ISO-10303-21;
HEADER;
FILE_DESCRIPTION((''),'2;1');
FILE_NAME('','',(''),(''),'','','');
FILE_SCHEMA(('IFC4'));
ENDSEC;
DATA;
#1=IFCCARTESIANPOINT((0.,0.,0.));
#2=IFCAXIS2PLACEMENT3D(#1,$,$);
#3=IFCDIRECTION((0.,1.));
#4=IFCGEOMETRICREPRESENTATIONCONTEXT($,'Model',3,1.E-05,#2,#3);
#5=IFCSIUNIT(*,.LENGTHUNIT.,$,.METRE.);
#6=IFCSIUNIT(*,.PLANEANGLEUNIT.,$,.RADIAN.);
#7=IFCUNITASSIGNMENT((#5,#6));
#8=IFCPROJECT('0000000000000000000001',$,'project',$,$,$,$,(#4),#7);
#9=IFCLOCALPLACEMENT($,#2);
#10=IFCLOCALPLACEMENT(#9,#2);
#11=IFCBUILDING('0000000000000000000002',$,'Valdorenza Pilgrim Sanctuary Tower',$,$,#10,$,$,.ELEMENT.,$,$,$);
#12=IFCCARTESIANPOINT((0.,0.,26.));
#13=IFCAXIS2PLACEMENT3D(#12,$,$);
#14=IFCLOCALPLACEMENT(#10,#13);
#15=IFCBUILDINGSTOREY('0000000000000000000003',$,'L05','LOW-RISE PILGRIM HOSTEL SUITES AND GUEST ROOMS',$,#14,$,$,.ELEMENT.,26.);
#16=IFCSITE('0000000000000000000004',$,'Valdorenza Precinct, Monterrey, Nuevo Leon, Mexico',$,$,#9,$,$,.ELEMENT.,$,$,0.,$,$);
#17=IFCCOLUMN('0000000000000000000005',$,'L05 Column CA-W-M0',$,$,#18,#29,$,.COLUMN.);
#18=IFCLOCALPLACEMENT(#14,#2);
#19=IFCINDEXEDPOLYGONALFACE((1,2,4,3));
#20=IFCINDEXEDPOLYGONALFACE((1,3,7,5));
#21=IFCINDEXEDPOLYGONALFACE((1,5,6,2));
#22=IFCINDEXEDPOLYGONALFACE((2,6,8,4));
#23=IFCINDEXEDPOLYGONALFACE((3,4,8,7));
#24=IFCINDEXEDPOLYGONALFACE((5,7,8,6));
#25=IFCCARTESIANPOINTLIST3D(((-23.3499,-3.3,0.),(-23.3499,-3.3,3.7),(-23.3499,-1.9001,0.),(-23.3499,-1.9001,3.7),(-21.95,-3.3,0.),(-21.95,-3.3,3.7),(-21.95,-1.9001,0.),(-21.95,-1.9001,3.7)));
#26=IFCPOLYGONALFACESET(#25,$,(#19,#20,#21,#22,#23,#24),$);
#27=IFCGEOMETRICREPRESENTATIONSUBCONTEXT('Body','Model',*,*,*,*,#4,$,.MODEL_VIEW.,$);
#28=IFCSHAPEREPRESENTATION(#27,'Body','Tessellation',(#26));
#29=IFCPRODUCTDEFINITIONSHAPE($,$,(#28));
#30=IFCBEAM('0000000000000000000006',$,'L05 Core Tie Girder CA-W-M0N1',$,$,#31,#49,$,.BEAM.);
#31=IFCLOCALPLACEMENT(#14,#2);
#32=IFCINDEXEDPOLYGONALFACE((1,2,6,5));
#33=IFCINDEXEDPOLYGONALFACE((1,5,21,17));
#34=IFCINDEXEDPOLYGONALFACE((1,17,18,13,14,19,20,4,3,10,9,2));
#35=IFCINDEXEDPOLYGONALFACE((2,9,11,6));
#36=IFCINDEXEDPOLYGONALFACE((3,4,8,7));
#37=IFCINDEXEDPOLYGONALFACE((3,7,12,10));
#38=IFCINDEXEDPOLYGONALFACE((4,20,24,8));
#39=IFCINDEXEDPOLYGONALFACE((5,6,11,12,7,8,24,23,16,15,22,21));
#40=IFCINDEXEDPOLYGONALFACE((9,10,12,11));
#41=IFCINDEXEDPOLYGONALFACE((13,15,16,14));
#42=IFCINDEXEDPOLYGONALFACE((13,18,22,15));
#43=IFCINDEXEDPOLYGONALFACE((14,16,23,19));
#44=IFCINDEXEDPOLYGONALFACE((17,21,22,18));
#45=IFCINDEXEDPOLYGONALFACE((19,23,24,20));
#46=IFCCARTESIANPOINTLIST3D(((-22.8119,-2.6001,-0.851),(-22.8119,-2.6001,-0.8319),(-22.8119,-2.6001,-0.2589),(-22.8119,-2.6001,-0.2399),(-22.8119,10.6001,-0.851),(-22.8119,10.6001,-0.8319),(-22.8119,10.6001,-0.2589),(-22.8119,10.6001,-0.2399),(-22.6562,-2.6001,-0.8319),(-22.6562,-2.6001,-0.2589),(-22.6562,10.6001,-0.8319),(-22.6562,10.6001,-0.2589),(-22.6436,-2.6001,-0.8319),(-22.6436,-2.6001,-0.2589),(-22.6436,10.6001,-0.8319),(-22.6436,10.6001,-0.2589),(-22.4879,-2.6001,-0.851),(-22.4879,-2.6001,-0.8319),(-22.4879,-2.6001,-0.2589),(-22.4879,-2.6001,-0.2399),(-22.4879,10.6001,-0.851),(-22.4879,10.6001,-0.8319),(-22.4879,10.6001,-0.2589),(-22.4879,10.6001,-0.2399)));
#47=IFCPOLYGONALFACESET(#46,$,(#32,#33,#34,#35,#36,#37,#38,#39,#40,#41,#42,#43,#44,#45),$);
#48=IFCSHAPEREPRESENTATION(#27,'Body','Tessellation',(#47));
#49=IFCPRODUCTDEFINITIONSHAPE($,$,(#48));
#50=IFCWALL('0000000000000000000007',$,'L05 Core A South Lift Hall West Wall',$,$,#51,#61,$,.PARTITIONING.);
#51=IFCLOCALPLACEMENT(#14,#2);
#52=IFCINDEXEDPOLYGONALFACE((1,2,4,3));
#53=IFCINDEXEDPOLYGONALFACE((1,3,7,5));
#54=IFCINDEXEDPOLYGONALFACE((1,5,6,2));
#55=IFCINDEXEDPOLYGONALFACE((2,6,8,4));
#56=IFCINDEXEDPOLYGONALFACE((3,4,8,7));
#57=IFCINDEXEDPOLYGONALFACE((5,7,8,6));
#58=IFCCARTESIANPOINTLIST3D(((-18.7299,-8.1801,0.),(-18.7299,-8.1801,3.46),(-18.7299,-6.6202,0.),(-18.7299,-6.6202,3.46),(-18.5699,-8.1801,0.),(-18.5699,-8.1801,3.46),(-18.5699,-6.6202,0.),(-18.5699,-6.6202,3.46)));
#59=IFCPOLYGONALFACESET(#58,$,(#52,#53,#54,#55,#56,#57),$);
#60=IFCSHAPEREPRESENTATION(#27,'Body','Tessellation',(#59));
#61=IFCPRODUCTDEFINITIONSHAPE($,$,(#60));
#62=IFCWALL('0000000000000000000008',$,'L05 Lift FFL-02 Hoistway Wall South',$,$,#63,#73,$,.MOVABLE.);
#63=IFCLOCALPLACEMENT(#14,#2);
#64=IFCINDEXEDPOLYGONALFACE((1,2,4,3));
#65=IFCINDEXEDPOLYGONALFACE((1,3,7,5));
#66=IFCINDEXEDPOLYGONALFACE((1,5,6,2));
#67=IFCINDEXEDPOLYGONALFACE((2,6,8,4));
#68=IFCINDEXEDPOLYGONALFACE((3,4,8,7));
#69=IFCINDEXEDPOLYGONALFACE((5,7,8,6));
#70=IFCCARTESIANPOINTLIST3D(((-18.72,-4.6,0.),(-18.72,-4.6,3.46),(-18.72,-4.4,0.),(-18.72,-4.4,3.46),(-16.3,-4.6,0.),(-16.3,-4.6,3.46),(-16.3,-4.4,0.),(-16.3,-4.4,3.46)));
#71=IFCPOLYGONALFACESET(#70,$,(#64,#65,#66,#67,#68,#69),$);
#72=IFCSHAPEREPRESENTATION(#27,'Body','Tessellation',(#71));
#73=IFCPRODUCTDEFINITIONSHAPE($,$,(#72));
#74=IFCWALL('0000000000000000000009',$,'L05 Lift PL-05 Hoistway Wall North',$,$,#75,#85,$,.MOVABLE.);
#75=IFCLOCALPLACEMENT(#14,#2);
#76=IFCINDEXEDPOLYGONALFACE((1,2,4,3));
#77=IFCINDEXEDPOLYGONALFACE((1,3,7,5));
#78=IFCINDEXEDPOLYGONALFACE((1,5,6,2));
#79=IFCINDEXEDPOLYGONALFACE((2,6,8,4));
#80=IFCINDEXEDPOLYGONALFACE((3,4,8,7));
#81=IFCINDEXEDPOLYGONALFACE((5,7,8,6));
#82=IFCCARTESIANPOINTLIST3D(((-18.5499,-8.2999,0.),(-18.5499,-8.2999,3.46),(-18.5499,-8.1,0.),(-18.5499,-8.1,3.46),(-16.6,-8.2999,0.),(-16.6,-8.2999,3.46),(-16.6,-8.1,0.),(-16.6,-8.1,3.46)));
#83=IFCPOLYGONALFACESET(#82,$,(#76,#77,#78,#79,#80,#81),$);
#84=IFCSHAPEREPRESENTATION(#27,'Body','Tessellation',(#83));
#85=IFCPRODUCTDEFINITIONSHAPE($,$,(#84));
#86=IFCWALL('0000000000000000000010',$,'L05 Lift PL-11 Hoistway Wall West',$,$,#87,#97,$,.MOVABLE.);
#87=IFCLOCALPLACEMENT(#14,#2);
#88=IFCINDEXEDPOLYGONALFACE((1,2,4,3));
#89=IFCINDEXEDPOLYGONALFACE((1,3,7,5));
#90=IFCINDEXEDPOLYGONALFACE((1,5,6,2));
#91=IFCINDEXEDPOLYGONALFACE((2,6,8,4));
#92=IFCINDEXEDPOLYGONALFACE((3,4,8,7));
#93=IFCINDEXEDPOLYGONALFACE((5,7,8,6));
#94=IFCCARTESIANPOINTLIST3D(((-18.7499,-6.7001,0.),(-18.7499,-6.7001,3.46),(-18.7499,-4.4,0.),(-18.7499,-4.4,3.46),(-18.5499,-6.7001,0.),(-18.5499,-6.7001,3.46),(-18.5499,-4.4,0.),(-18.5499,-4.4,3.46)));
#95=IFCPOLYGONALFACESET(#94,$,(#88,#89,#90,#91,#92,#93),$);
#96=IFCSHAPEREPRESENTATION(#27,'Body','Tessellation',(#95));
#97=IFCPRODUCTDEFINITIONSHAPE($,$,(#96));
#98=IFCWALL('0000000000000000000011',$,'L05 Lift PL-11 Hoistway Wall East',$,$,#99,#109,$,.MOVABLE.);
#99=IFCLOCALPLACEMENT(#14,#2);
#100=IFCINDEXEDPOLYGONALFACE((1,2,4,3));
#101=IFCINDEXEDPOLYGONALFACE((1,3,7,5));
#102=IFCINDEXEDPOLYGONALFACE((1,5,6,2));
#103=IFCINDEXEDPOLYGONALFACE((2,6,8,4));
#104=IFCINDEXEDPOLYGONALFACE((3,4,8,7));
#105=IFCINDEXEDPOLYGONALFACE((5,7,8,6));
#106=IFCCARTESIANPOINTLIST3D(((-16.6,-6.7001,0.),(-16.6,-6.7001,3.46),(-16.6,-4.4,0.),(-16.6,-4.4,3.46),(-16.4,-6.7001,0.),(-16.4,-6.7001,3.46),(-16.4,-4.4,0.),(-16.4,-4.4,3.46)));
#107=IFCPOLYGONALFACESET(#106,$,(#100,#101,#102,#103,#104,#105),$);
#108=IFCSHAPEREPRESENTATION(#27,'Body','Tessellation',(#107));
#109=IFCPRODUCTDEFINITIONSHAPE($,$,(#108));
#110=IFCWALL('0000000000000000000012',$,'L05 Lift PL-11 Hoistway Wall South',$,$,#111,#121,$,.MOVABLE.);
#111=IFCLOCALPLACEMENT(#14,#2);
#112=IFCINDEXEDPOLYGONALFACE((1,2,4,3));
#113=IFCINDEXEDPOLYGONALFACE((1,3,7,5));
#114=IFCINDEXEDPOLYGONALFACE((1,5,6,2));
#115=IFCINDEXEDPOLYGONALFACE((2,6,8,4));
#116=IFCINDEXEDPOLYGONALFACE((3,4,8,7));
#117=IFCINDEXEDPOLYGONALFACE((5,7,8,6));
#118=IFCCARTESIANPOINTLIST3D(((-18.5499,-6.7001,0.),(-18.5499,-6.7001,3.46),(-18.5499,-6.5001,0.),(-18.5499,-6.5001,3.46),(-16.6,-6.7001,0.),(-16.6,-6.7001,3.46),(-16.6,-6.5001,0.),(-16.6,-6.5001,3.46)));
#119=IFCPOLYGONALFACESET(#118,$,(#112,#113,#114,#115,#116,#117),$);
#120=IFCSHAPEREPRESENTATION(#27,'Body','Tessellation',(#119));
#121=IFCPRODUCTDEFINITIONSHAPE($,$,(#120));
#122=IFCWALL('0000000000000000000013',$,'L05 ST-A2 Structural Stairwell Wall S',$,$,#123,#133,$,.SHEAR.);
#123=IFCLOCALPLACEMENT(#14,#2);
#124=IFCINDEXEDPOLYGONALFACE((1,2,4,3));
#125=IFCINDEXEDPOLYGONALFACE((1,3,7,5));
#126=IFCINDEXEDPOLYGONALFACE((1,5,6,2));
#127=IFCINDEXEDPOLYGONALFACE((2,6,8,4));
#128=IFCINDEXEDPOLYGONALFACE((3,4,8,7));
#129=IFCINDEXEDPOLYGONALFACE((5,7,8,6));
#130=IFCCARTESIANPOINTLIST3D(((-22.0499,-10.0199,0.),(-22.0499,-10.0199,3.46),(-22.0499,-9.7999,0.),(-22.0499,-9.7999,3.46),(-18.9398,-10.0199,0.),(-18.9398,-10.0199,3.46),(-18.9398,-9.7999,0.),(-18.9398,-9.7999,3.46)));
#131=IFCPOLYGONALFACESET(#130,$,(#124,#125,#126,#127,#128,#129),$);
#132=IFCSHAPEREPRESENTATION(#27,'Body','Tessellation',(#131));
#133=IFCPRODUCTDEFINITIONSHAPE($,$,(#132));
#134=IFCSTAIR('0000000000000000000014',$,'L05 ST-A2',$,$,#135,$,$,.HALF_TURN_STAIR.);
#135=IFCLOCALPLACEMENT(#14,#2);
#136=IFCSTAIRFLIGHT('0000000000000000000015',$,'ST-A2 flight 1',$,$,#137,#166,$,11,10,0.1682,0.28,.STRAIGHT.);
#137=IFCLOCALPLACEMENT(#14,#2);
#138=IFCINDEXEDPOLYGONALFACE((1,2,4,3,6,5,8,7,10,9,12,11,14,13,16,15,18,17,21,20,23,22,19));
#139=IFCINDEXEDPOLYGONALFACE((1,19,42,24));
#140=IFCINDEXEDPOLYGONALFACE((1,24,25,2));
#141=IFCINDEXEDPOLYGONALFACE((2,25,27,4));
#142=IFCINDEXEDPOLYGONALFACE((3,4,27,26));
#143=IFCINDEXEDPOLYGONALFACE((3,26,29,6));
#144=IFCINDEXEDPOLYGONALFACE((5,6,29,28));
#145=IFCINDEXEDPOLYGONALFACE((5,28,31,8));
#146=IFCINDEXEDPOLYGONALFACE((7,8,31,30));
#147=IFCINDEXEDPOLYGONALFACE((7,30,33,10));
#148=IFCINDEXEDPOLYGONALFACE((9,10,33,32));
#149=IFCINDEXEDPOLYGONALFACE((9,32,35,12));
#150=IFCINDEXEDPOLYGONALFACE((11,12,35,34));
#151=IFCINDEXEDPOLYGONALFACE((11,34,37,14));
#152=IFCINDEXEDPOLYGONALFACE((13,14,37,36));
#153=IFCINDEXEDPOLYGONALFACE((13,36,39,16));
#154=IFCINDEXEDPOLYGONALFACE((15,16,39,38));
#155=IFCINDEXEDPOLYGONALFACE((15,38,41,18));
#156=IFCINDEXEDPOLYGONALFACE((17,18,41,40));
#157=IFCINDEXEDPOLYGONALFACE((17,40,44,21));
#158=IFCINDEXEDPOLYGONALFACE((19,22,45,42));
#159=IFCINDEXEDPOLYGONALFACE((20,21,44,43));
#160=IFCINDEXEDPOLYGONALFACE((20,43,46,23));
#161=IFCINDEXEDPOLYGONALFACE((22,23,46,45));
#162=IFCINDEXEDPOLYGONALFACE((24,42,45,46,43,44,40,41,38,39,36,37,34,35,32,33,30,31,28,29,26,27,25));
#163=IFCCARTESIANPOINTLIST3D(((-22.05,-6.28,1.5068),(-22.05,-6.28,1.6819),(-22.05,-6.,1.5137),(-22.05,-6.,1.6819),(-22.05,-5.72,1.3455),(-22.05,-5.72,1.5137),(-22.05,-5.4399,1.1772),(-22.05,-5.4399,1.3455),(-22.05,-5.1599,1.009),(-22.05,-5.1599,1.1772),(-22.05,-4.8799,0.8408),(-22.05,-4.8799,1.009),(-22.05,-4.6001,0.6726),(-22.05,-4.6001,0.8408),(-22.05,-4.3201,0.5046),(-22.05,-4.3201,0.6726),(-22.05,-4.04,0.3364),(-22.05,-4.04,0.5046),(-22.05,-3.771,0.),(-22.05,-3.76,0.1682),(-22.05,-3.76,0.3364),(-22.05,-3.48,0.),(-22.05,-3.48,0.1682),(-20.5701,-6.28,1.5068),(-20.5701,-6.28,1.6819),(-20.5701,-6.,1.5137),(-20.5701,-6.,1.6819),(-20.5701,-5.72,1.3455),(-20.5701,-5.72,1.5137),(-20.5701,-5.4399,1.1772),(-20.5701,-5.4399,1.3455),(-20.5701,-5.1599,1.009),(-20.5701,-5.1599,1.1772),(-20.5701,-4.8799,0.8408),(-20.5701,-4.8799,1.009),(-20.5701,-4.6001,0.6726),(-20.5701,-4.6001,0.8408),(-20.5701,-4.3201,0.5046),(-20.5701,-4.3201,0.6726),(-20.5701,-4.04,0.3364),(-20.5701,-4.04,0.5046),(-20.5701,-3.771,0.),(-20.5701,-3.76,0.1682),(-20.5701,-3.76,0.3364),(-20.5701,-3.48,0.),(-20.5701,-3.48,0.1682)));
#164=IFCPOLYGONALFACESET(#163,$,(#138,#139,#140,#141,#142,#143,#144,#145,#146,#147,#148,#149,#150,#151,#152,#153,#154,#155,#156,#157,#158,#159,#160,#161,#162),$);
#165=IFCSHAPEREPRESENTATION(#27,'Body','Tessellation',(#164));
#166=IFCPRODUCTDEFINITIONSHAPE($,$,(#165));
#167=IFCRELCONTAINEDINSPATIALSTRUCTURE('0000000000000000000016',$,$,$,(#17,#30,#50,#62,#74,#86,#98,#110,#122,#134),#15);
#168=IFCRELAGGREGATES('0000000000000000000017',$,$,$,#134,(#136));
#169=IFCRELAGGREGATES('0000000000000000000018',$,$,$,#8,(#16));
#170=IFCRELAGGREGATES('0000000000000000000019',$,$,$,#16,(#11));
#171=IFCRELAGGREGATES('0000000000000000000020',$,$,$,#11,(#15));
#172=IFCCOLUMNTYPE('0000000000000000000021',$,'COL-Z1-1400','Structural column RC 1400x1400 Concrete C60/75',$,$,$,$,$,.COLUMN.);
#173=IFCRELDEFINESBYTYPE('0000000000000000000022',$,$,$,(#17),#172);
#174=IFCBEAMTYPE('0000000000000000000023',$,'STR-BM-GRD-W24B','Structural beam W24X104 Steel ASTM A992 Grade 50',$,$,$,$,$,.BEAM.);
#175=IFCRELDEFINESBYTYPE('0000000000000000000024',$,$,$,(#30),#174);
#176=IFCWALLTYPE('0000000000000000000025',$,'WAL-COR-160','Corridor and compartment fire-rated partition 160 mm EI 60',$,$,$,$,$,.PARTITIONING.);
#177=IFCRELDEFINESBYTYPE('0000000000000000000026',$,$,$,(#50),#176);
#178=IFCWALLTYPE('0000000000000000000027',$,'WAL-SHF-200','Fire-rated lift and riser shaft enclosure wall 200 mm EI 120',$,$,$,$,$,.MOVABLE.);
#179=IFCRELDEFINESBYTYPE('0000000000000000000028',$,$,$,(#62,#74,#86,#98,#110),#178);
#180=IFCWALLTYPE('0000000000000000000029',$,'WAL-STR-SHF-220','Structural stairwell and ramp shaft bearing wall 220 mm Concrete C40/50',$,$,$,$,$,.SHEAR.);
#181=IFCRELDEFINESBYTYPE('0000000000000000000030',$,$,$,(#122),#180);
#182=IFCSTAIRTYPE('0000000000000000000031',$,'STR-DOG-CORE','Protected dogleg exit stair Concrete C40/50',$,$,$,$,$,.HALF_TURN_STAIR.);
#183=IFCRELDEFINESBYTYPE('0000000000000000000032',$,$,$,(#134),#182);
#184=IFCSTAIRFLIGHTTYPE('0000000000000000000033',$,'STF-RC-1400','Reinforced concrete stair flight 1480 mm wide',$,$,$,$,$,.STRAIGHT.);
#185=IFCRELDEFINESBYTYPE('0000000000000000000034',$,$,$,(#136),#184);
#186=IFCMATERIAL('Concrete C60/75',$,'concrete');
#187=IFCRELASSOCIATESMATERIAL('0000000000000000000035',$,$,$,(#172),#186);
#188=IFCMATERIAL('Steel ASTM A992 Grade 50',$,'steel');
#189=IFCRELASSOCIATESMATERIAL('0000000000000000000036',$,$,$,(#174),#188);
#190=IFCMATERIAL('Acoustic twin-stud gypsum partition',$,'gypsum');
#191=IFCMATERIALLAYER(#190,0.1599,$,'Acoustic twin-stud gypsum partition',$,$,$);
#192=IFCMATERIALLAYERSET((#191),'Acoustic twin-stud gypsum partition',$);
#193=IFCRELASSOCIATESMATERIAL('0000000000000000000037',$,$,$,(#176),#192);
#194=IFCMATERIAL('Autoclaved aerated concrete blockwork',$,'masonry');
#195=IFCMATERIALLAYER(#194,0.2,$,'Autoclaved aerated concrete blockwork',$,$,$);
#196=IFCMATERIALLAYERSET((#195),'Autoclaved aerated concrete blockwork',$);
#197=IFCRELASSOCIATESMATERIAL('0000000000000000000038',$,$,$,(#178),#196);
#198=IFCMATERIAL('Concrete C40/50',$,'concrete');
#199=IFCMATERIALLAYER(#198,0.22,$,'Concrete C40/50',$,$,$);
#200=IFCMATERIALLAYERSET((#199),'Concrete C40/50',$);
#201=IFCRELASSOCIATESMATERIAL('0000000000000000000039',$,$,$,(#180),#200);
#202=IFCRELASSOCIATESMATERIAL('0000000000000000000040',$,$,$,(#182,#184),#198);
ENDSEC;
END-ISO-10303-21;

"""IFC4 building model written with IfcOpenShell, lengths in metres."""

from ifc_helpers import new_model, si_unit, direction, frame, frame_2d, origin, origin_2d, place, context, subcontext, project, spatial, polyline, rectangle, i_section, outline, extrude, source, transform, mapped, material, layer, layer_set, material_profile, profile_set, type_object, element, aggregate, save


model = new_model("IFC4")

# Units and contexts
model_context = context("Model", 3, precision=1e-05, world=origin(), true_north=direction((0.0, 1.0)))
body_context = subcontext(model_context, "Body", "Model", "MODEL_VIEW")
ifc_project = project(units=[si_unit("LENGTHUNIT", "METRE"), si_unit("PLANEANGLEUNIT", "RADIAN")], contexts=[model_context])

# Site, building, storey
site_placement = place(None, origin())
site = spatial("IfcSite", under=ifc_project, at=site_placement, Name="Valdorenza Precinct, Monterrey, Nuevo Leon, Mexico", CompositionType="ELEMENT", RefElevation=0.0)
building_placement = place(site_placement, origin())
building = spatial("IfcBuilding", under=site, at=building_placement, Name="Valdorenza Pilgrim Sanctuary Tower", CompositionType="ELEMENT")
storey_placement = place(building_placement, frame((0.0, 0.0, 26.0)))
storey = spatial("IfcBuildingStorey", under=building, at=storey_placement, Name="L05", Description="LOW-RISE PILGRIM HOSTEL SUITES AND GUEST ROOMS", CompositionType="ELEMENT", Elevation=26.0)

# Column
ifc_material_1 = material(Name="Concrete C60/75", Category="concrete")
ifc_material_profile_1 = material_profile(ifc_material_1, rectangle(XDim=1.3999, YDim=1.3999, at=origin_2d()), Name="RC 1400x1400")
ifc_profile_set_1 = profile_set([ifc_material_profile_1], Name="Concrete C60/75")
column_type = type_object("IfcColumnType", Name="COL-Z1-1400", Description="Structural column RC 1400x1400 Concrete C60/75", PredefinedType="COLUMN", material=ifc_profile_set_1)
shared_shape_1 = source(origin(), body_context, "Body", "SweptSolid", [
    extrude(rectangle(XDim=1.3999, YDim=1.3999, at=origin_2d()), origin(), (0.0, 0.0, 1.0), 3.7),
])
column_placement = place(storey_placement, frame((-22.6499, -2.6001, 0.0), z_axis=(0.0, 0.0, 1.0), x_axis=(1.0, 0.0, 0.0)))
element("IfcColumn", 1, at=column_placement, inside=storey, type_object=column_type, Name="L05 Column CA-W-M0", PredefinedType="COLUMN", context=body_context, shape_type="MappedRepresentation", body=[
    mapped(shared_shape_1, transform((0.0, 0.0, 0.0), x_axis=(1.0, 0.0, 0.0), y_axis=(0.0, 1.0, 0.0), z_axis=(0.0, 0.0, 1.0), scale=1.0)),
])

# Beam
ifc_material_2 = material(Name="Steel ASTM A992 Grade 50", Category="steel")
ifc_material_profile_2 = material_profile(ifc_material_2, i_section(OverallWidth=0.324, OverallDepth=0.6111, WebThickness=0.0127, FlangeThickness=0.019, at=origin_2d()), Name="W24X104")
ifc_profile_set_2 = profile_set([ifc_material_profile_2], Name="Steel ASTM A992 Grade 50")
beam_type = type_object("IfcBeamType", Name="STR-BM-GRD-W24B", Description="Structural beam W24X104 Steel ASTM A992 Grade 50", PredefinedType="BEAM", material=ifc_profile_set_2)
shared_shape_2 = source(origin(), body_context, "Body", "SweptSolid", [
    extrude(i_section(OverallWidth=0.324, OverallDepth=0.6111, WebThickness=0.0127, FlangeThickness=0.019, at=origin_2d()), origin(), (0.0, 0.0, 1.0), 13.2002),
])
beam_placement = place(storey_placement, frame((-22.6499, -2.6001, -0.5454), z_axis=(0.0, 1.0, 0.0), x_axis=(-1.0, 0.0, 0.0)))
element("IfcBeam", 2, at=beam_placement, inside=storey, type_object=beam_type, Name="L05 Core Tie Girder CA-W-M0N1", PredefinedType="BEAM", context=body_context, shape_type="MappedRepresentation", body=[
    mapped(shared_shape_2, transform((0.0, 0.0, 0.0), x_axis=(1.0, 0.0, 0.0), y_axis=(0.0, 1.0, 0.0), z_axis=(0.0, 0.0, 1.0), scale=1.0)),
])

# Walls
ifc_material_3 = material(Name="Acoustic twin-stud gypsum partition", Category="gypsum")
ifc_layer_1 = layer(ifc_material_3, 0.1599, Name="Acoustic twin-stud gypsum partition")
ifc_layer_set_1 = layer_set([ifc_layer_1], Name="Acoustic twin-stud gypsum partition")
wall_type_1 = type_object("IfcWallType", Name="WAL-COR-160", Description="Corridor and compartment fire-rated partition 160 mm EI 60", PredefinedType="PARTITIONING", material=ifc_layer_set_1)
wall_1_placement = place(storey_placement, frame((-18.6499, -8.1799, 0.0), z_axis=(0.0, 0.0, 1.0), x_axis=(0.0, 1.0, 0.0)))
element("IfcWall", 3, at=wall_1_placement, inside=storey, type_object=wall_type_1, Name="L05 Core A South Lift Hall West Wall", PredefinedType="PARTITIONING", context=body_context, shape_type="SweptSolid", body=[
    extrude(rectangle(XDim=1.5598, YDim=0.1599, at=frame_2d((0.7798, 0.0))), origin(), (0.0, 0.0, 1.0), 3.46),
])
ifc_material_4 = material(Name="Autoclaved aerated concrete blockwork", Category="masonry")
ifc_layer_2 = layer(ifc_material_4, 0.2, Name="Autoclaved aerated concrete blockwork")
ifc_layer_set_2 = layer_set([ifc_layer_2], Name="Autoclaved aerated concrete blockwork")
wall_type_2 = type_object("IfcWallType", Name="WAL-SHF-200", Description="Fire-rated lift and riser shaft enclosure wall 200 mm EI 120", PredefinedType="MOVABLE", material=ifc_layer_set_2)
wall_2_placement = place(storey_placement, frame((-18.72, -4.5, 0.0), z_axis=(0.0, 0.0, 1.0), x_axis=(1.0, 0.0, 0.0)))
element("IfcWall", 4, at=wall_2_placement, inside=storey, type_object=wall_type_2, Name="L05 Lift FFL-02 Hoistway Wall South", PredefinedType="MOVABLE", context=body_context, shape_type="SweptSolid", body=[
    extrude(rectangle(XDim=2.4199, YDim=0.2, at=frame_2d((1.21, 0.0))), origin(), (0.0, 0.0, 1.0), 3.46),
])
wall_3_placement = place(storey_placement, frame((-18.55, -8.2, 0.0), z_axis=(0.0, 0.0, 1.0), x_axis=(1.0, 0.0, 0.0)))
element("IfcWall", 5, at=wall_3_placement, inside=storey, type_object=wall_type_2, Name="L05 Lift PL-05 Hoistway Wall North", PredefinedType="MOVABLE", context=body_context, shape_type="SweptSolid", body=[
    extrude(rectangle(XDim=1.95, YDim=0.2, at=frame_2d((0.9751, 0.0))), origin(), (0.0, 0.0, 1.0), 3.46),
])
for number, where, z_axis, x_axis, name in (
    (6, (-18.6499, -6.7, 0.0), (0.0, 0.0, 1.0), (0.0, 1.0, 0.0), "L05 Lift PL-11 Hoistway Wall West"),
    (7, (-16.5, -6.7, 0.0), (0.0, 0.0, 1.0), (0.0, 1.0, 0.0), "L05 Lift PL-11 Hoistway Wall East"),
):
    element("IfcWall", number, at=place(storey_placement, frame(where, z_axis=z_axis, x_axis=x_axis)), inside=storey, type_object=wall_type_2, Name=name, PredefinedType="MOVABLE", context=body_context, shape_type="SweptSolid", body=[
        extrude(rectangle(XDim=2.3, YDim=0.2, at=frame_2d((1.1499, 0.0))), origin(), (0.0, 0.0, 1.0), 3.46),
    ])
wall_4_placement = place(storey_placement, frame((-18.55, -6.6001, 0.0), z_axis=(0.0, 0.0, 1.0), x_axis=(1.0, 0.0, 0.0)))
element("IfcWall", 8, at=wall_4_placement, inside=storey, type_object=wall_type_2, Name="L05 Lift PL-11 Hoistway Wall South", PredefinedType="MOVABLE", context=body_context, shape_type="SweptSolid", body=[
    extrude(rectangle(XDim=1.95, YDim=0.2, at=frame_2d((0.9751, 0.0))), origin(), (0.0, 0.0, 1.0), 3.46),
])
ifc_material_5 = material(Name="Concrete C40/50", Category="concrete")
ifc_layer_3 = layer(ifc_material_5, 0.22, Name="Concrete C40/50")
ifc_layer_set_3 = layer_set([ifc_layer_3], Name="Concrete C40/50")
wall_type_3 = type_object("IfcWallType", Name="WAL-STR-SHF-220", Description="Structural stairwell and ramp shaft bearing wall 220 mm Concrete C40/50", PredefinedType="SHEAR", material=ifc_layer_set_3)
wall_5_placement = place(storey_placement, frame((-22.05, -9.9099, 0.0), z_axis=(0.0, 0.0, 1.0), x_axis=(1.0, 0.0, 0.0)))
element("IfcWall", 9, at=wall_5_placement, inside=storey, type_object=wall_type_3, Name="L05 ST-A2 Structural Stairwell Wall S", PredefinedType="SHEAR", context=body_context, shape_type="SweptSolid", body=[
    extrude(rectangle(XDim=3.1101, YDim=0.22, at=frame_2d((1.5552, 0.0))), origin(), (0.0, 0.0, 1.0), 3.46),
])

# Stair, stair flight
stair_type = type_object("IfcStairType", Name="STR-DOG-CORE", Description="Protected dogleg exit stair Concrete C40/50", PredefinedType="HALF_TURN_STAIR", material=ifc_material_5)
stair_placement = place(storey_placement, origin())
stair = element("IfcStair", 10, at=stair_placement, inside=storey, type_object=stair_type, Name="L05 ST-A2", PredefinedType="HALF_TURN_STAIR")
stair_flight_type = type_object("IfcStairFlightType", Name="STF-RC-1400", Description="Reinforced concrete stair flight 1480 mm wide", PredefinedType="STRAIGHT", material=ifc_material_5)
stair_flight_1_placement = place(storey_placement, frame((-21.3101, -3.48, 0.0), z_axis=(0.0, 0.0, 1.0), x_axis=(0.0, -1.0, 0.0)))
stair_flight_1 = element("IfcStairFlight", 11, at=stair_flight_1_placement, type_object=stair_flight_type, Name="ST-A2 flight 1", NumberOfRisers=11, NumberOfTreads=10, PredefinedType="STRAIGHT", RiserHeight=0.1682, TreadLength=0.28, context=body_context, shape_type="SweptSolid", body=[
    extrude(outline(polyline([(0.0, 0.0), (0.0, 0.1682), (0.28, 0.1682), (0.28, 0.3364), (0.5601, 0.3364), (0.5601, 0.5046), (0.8401, 0.5046), (0.8401, 0.6726), (1.1201, 0.6726), (1.1201, 0.8408), (1.3999, 0.8408), (1.3999, 1.009), (1.6799, 1.009), (1.6799, 1.1772), (1.96, 1.1772), (1.96, 1.3455), (2.24, 1.3455), (2.24, 1.5137), (2.52, 1.5137), (2.52, 1.6819), (2.8, 1.6819), (2.8, 1.8501), (2.8, 1.5068), (0.291, 0.0), (0.0, 0.0)])), frame((0.0, 0.74, 0.0), z_axis=(0.0, -1.0, 0.0), x_axis=(1.0, 0.0, 0.0)), (0.0, 0.0, 1.0), 1.48),
])
aggregate(stair, [stair_flight_1])

save(model, "model.ifc")
